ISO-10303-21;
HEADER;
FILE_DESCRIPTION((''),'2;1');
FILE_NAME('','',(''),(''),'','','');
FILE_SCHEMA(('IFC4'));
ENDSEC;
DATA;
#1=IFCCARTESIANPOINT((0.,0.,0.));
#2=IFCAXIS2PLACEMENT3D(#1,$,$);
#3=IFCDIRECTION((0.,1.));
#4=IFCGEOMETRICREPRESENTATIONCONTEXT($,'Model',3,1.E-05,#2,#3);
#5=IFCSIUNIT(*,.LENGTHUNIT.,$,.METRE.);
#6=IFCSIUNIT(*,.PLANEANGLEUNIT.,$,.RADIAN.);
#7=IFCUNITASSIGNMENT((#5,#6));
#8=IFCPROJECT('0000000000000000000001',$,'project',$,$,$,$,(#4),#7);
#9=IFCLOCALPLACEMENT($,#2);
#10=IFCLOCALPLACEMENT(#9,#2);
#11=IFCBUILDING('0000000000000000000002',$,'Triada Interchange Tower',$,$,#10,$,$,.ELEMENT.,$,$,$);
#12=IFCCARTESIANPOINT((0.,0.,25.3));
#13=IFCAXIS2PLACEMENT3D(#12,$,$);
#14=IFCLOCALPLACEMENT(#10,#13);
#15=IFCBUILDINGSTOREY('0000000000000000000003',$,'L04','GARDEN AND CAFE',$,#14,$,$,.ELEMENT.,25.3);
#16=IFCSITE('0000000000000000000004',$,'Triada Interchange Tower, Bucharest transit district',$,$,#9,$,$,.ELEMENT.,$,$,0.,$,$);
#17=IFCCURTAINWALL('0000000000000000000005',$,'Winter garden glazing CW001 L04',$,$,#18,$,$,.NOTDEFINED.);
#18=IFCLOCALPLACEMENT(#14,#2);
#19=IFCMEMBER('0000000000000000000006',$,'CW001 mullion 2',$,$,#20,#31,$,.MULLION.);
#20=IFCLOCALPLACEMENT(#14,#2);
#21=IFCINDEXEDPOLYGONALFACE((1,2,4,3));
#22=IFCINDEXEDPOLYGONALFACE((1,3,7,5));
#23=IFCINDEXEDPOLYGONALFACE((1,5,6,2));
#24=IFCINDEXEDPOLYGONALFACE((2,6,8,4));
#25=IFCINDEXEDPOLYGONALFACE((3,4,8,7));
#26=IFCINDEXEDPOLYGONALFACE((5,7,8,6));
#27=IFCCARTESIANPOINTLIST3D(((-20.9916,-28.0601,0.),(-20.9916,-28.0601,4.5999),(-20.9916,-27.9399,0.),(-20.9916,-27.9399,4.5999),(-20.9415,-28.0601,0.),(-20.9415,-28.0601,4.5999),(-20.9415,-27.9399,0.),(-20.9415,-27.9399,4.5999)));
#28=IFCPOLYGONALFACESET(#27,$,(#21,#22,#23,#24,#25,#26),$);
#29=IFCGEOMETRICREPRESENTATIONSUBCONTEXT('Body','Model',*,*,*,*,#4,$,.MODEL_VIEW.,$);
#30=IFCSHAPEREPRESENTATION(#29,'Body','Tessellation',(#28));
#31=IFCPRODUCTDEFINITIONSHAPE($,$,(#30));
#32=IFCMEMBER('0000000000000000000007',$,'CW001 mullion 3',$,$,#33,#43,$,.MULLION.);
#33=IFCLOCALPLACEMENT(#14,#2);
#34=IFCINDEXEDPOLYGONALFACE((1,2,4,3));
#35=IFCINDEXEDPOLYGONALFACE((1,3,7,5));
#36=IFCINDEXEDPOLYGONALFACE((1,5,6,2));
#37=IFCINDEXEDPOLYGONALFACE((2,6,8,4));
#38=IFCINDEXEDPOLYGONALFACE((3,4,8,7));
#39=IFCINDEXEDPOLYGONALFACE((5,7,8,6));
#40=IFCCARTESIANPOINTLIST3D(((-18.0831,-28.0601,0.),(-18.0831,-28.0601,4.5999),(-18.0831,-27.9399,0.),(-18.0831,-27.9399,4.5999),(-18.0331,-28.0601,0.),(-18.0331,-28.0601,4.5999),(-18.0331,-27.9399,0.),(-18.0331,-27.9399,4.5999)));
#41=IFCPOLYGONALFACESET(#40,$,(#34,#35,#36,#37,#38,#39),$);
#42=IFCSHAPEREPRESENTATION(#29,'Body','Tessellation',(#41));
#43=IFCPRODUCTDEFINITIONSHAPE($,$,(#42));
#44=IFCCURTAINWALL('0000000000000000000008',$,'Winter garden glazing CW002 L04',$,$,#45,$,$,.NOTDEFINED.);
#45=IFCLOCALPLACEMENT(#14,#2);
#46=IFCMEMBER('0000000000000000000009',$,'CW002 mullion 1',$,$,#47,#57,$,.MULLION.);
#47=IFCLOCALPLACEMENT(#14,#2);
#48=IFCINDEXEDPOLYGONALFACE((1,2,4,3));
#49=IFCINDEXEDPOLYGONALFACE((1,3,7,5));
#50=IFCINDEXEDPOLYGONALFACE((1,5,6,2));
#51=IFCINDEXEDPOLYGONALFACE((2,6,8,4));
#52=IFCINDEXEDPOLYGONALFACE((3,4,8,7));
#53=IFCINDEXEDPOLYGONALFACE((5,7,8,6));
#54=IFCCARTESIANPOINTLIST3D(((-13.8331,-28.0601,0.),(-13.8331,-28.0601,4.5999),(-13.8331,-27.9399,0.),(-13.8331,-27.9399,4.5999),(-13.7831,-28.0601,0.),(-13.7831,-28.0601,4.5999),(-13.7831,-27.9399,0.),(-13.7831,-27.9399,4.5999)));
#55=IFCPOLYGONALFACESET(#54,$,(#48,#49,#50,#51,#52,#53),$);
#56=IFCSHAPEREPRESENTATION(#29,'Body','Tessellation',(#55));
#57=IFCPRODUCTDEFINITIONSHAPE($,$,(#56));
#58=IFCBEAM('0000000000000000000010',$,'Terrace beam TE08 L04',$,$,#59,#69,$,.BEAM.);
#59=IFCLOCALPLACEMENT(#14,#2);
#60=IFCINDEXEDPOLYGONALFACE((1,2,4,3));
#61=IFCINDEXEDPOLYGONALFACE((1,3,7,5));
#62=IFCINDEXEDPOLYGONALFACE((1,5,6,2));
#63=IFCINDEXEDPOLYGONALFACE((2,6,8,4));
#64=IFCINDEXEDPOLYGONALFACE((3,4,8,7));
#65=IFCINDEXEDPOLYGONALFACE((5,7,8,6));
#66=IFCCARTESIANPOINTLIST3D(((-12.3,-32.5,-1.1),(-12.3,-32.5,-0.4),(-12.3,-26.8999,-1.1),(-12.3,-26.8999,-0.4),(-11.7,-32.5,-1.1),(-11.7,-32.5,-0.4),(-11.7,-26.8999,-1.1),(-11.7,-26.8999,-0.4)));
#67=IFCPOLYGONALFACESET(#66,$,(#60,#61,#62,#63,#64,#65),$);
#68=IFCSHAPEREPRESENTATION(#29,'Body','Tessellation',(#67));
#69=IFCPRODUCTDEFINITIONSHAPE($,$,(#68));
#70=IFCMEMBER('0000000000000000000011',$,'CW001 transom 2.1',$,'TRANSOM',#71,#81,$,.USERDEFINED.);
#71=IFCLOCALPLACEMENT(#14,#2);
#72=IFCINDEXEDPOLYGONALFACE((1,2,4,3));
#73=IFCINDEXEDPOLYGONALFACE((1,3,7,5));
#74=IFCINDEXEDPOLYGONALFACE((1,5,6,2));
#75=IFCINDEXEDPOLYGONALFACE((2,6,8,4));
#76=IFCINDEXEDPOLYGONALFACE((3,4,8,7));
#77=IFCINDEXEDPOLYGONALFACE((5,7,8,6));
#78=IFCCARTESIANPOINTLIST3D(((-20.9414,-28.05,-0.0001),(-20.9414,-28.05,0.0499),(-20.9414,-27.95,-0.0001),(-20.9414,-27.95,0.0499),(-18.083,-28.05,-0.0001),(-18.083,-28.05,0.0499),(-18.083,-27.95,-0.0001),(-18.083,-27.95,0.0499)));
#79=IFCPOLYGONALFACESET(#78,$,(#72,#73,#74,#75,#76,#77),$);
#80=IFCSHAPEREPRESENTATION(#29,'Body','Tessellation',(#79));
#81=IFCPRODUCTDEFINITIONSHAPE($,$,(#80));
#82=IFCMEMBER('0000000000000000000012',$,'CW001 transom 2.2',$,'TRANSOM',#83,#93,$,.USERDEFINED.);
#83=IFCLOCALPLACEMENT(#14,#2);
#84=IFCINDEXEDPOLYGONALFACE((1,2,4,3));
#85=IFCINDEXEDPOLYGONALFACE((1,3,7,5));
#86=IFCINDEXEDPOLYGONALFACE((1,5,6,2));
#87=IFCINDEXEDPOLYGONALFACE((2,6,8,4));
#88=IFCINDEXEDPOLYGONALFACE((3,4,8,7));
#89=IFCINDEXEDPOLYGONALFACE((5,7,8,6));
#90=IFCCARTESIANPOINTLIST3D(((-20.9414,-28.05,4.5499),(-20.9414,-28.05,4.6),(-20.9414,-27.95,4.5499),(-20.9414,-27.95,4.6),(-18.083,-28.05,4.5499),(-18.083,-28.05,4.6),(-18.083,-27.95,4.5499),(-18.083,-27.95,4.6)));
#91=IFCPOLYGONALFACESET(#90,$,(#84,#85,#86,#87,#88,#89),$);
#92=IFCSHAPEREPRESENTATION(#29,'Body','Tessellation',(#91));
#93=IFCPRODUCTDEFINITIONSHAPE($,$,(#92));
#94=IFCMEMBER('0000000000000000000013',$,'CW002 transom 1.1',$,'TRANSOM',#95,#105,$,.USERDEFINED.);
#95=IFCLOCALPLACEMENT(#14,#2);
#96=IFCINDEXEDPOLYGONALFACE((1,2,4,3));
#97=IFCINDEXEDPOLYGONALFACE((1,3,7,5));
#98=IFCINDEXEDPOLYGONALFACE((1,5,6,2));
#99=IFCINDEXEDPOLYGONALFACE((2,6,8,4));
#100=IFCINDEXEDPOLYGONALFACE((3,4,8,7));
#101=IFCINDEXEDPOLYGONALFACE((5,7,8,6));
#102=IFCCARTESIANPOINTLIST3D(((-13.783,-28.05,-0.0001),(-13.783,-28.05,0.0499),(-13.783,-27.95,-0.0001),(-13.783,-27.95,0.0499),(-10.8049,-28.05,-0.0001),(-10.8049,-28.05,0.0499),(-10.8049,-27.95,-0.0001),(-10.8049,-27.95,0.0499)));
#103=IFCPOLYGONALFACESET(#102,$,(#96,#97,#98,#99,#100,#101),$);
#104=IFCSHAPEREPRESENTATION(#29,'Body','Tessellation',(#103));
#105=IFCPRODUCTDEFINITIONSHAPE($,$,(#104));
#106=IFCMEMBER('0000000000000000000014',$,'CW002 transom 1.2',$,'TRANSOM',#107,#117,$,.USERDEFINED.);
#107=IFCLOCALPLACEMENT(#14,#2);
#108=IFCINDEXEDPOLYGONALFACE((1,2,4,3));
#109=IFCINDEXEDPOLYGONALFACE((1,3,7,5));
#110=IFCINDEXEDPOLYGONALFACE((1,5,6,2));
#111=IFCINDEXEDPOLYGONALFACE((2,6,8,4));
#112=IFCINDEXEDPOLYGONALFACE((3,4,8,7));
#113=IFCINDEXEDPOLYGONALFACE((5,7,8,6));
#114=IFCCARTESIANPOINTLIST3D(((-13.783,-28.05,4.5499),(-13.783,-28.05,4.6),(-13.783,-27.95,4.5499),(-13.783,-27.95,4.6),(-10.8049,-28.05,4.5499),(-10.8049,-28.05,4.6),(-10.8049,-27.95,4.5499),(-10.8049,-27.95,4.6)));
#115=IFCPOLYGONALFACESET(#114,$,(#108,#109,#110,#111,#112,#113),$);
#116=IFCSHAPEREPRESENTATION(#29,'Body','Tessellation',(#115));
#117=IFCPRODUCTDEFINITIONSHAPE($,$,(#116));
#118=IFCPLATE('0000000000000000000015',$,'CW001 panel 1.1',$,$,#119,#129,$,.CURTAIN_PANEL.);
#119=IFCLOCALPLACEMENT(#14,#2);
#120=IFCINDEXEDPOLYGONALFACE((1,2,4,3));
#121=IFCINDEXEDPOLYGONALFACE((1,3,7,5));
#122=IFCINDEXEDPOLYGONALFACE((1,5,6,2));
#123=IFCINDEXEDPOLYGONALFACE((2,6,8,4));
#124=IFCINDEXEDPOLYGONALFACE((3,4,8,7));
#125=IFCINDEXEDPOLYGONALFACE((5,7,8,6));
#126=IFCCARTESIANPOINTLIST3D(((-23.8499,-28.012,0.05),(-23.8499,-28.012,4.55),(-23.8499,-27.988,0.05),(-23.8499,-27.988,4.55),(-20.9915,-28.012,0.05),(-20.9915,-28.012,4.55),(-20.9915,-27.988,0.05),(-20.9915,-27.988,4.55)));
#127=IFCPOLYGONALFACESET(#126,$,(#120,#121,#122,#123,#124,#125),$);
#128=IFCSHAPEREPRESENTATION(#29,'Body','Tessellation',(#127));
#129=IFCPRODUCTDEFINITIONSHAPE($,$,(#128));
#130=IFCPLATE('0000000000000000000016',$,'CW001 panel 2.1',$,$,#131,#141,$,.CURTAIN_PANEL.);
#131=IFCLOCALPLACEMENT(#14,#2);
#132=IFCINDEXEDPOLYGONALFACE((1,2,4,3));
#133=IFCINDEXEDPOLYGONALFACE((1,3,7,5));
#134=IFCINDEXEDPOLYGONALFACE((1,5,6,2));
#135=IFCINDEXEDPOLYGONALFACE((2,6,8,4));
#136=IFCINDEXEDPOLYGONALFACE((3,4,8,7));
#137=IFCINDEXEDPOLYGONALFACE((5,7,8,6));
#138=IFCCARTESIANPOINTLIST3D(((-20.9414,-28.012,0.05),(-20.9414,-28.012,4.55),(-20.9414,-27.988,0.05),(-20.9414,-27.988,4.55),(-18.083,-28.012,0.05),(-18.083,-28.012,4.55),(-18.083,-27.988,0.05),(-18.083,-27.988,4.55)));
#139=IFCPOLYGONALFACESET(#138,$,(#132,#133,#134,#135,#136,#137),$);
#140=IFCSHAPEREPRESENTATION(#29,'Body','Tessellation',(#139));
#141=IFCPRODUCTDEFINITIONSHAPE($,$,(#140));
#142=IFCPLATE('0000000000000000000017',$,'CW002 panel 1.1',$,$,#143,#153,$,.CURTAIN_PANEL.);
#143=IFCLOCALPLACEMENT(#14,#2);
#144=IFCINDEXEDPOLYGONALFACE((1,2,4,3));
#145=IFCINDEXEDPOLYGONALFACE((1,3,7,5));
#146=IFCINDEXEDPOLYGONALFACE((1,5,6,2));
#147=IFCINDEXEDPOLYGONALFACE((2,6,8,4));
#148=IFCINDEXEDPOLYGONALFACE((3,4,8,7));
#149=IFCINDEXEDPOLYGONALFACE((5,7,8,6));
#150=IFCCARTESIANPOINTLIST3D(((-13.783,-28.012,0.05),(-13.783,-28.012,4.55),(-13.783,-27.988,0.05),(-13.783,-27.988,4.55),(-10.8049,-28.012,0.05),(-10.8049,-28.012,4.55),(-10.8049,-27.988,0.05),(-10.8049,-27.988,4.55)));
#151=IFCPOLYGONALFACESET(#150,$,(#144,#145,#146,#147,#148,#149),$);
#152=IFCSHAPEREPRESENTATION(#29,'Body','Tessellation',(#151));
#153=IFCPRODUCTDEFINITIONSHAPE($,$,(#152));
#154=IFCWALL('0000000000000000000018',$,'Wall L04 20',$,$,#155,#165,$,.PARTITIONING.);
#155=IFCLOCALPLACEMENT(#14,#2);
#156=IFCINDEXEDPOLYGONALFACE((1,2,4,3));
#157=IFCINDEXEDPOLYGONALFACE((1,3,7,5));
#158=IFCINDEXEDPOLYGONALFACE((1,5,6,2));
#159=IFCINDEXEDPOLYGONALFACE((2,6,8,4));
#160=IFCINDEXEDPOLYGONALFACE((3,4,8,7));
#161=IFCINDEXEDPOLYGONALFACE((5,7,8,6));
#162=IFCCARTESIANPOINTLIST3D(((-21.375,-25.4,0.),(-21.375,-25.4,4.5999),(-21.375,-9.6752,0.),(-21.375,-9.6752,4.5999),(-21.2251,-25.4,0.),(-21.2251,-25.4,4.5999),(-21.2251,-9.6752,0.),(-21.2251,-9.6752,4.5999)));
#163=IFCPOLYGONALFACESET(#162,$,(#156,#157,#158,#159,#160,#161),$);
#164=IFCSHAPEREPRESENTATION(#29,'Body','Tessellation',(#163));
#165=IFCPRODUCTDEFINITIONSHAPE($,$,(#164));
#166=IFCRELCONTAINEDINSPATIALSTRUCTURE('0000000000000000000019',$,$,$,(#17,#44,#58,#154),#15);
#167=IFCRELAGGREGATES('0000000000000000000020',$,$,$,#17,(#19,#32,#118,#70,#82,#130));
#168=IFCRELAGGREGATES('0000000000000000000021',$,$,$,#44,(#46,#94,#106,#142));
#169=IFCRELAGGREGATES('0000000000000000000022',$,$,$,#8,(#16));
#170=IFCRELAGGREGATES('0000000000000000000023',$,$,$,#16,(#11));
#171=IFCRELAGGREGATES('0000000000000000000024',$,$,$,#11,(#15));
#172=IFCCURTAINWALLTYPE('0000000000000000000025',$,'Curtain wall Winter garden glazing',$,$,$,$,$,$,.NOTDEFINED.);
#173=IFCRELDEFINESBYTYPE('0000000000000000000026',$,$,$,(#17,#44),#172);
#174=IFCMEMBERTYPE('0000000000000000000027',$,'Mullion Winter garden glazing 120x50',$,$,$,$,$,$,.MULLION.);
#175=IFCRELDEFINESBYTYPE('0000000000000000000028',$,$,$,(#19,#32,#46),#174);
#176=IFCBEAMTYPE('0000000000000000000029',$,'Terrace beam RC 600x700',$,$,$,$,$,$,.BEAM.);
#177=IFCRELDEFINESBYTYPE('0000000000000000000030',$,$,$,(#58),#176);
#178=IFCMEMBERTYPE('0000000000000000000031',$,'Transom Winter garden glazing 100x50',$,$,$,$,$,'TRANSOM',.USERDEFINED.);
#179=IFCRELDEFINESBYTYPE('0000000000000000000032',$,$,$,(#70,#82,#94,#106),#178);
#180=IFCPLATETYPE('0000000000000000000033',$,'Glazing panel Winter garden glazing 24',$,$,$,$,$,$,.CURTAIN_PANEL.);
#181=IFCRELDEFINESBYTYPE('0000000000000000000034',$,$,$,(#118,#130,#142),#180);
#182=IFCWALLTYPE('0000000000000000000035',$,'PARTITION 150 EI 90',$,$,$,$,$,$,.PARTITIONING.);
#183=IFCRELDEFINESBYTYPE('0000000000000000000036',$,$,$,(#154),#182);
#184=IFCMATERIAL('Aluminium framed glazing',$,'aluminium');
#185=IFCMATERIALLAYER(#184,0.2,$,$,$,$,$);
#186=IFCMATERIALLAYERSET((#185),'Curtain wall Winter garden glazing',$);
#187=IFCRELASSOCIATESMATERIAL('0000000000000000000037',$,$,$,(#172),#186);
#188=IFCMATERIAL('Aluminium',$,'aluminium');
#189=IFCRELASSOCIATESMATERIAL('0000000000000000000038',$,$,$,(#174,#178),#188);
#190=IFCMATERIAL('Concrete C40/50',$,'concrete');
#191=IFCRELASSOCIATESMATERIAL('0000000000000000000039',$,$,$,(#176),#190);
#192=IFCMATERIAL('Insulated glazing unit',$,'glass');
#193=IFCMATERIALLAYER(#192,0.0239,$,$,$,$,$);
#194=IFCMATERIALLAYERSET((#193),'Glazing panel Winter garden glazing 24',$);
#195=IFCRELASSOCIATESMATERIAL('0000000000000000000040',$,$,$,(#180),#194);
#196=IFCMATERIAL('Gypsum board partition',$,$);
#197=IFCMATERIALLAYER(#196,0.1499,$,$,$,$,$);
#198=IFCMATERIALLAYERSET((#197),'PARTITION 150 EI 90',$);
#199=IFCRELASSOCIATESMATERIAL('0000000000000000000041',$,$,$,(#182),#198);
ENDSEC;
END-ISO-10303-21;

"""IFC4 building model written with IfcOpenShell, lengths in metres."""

from ifc_helpers import new_model, si_unit, direction, frame, frame_2d, origin, origin_2d, place, context, subcontext, project, spatial, rectangle, extrude, material, layer, layer_set, material_profile, profile_set, type_object, element, aggregate, save


model = new_model("IFC4")

# Units and contexts
model_context = context("Model", 3, precision=1e-05, world=origin(), true_north=direction((0.0, 1.0)))
body_context = subcontext(model_context, "Body", "Model", "MODEL_VIEW")
ifc_project = project(units=[si_unit("LENGTHUNIT", "METRE"), si_unit("PLANEANGLEUNIT", "RADIAN")], contexts=[model_context])

# Site, building, storey
site_placement = place(None, origin())
site = spatial("IfcSite", under=ifc_project, at=site_placement, Name="Triada Interchange Tower, Bucharest transit district", CompositionType="ELEMENT", RefElevation=0.0)
building_placement = place(site_placement, origin())
building = spatial("IfcBuilding", under=site, at=building_placement, Name="Triada Interchange Tower", CompositionType="ELEMENT")
storey_placement = place(building_placement, frame((0.0, 0.0, 25.3)))
storey = spatial("IfcBuildingStorey", under=building, at=storey_placement, Name="L04", Description="GARDEN AND CAFE", CompositionType="ELEMENT", Elevation=25.3)

# Curtain wall, members
ifc_material_1 = material(Name="Aluminium framed glazing", Category="aluminium")
ifc_layer_1 = layer(ifc_material_1, 0.2)
ifc_layer_set_1 = layer_set([ifc_layer_1], Name="Curtain wall Winter garden glazing")
curtain_wall_type = type_object("IfcCurtainWallType", Name="Curtain wall Winter garden glazing", PredefinedType="NOTDEFINED", material=ifc_layer_set_1)
curtain_wall_1_placement = place(storey_placement, origin())
curtain_wall_1 = element("IfcCurtainWall", 1, at=curtain_wall_1_placement, inside=storey, type_object=curtain_wall_type, Name="Winter garden glazing CW001 L04", PredefinedType="NOTDEFINED")
ifc_material_2 = material(Name="Aluminium", Category="aluminium")
ifc_material_profile_1 = material_profile(ifc_material_2, rectangle(XDim=0.1201, YDim=0.05, at=origin_2d()), Name="Aluminium mullion")
ifc_profile_set_1 = profile_set([ifc_material_profile_1], Name="Aluminium")
member_type_1 = type_object("IfcMemberType", Name="Mullion Winter garden glazing 120x50", PredefinedType="MULLION", material=ifc_profile_set_1)
member_1_placement = place(storey_placement, frame((-20.9666, -28.0, 0.0), z_axis=(0.0, 0.0, 1.0), x_axis=(0.0, 1.0, 0.0)))
member_1 = element("IfcMember", 2, at=member_1_placement, type_object=member_type_1, Name="CW001 mullion 2", PredefinedType="MULLION", context=body_context, shape_type="SweptSolid", body=[
    extrude(rectangle(XDim=0.1201, YDim=0.05, at=origin_2d()), origin(), (0.0, 0.0, 1.0), 4.5999),
])
member_2_placement = place(storey_placement, frame((-18.0581, -28.0, 0.0), z_axis=(0.0, 0.0, 1.0), x_axis=(0.0, 1.0, 0.0)))
member_2 = element("IfcMember", 3, at=member_2_placement, type_object=member_type_1, Name="CW001 mullion 3", PredefinedType="MULLION", context=body_context, shape_type="SweptSolid", body=[
    extrude(rectangle(XDim=0.1201, YDim=0.05, at=origin_2d()), origin(), (0.0, 0.0, 1.0), 4.5999),
])

# Curtain wall, member
curtain_wall_2_placement = place(storey_placement, origin())
curtain_wall_2 = element("IfcCurtainWall", 4, at=curtain_wall_2_placement, inside=storey, type_object=curtain_wall_type, Name="Winter garden glazing CW002 L04", PredefinedType="NOTDEFINED")
member_3_placement = place(storey_placement, frame((-13.8081, -28.0, 0.0), z_axis=(0.0, 0.0, 1.0), x_axis=(0.0, 1.0, 0.0)))
member_3 = element("IfcMember", 5, at=member_3_placement, type_object=member_type_1, Name="CW002 mullion 1", PredefinedType="MULLION", context=body_context, shape_type="SweptSolid", body=[
    extrude(rectangle(XDim=0.1201, YDim=0.05, at=origin_2d()), origin(), (0.0, 0.0, 1.0), 4.5999),
])

# Beam
ifc_material_3 = material(Name="Concrete C40/50", Category="concrete")
ifc_material_profile_2 = material_profile(ifc_material_3, rectangle(XDim=0.6001, YDim=0.7, at=origin_2d()), Name="RC 600x700")
ifc_profile_set_2 = profile_set([ifc_material_profile_2], Name="Concrete C40/50")
beam_type = type_object("IfcBeamType", Name="Terrace beam RC 600x700", PredefinedType="BEAM", material=ifc_profile_set_2)
beam_placement = place(storey_placement, frame((-12.0, -32.5, -0.75), z_axis=(0.0, 1.0, 0.0), x_axis=(-1.0, 0.0, 0.0)))
element("IfcBeam", 6, at=beam_placement, inside=storey, type_object=beam_type, Name="Terrace beam TE08 L04", PredefinedType="BEAM", context=body_context, shape_type="SweptSolid", body=[
    extrude(rectangle(XDim=0.6001, YDim=0.7, at=origin_2d()), origin(), (0.0, 0.0, 1.0), 5.6001),
])

# Members
ifc_material_profile_3 = material_profile(ifc_material_2, rectangle(XDim=0.1001, YDim=0.05, at=origin_2d()), Name="Aluminium transom")
ifc_profile_set_3 = profile_set([ifc_material_profile_3], Name="Aluminium")
member_type_2 = type_object("IfcMemberType", Name="Transom Winter garden glazing 100x50", ElementType="TRANSOM", PredefinedType="USERDEFINED", material=ifc_profile_set_3)
member_4_placement = place(storey_placement, frame((-20.9414, -28.0, 0.0249), z_axis=(1.0, 0.0, 0.0), x_axis=(0.0, 1.0, 0.0)))
member_4 = element("IfcMember", 7, at=member_4_placement, type_object=member_type_2, Name="CW001 transom 2.1", ObjectType="TRANSOM", PredefinedType="USERDEFINED", context=body_context, shape_type="SweptSolid", body=[
    extrude(rectangle(XDim=0.1001, YDim=0.05, at=origin_2d()), origin(), (0.0, 0.0, 1.0), 2.8584),
])
member_5_placement = place(storey_placement, frame((-20.9414, -28.0, 4.575), z_axis=(1.0, 0.0, 0.0), x_axis=(0.0, 1.0, 0.0)))
member_5 = element("IfcMember", 8, at=member_5_placement, type_object=member_type_2, Name="CW001 transom 2.2", ObjectType="TRANSOM", PredefinedType="USERDEFINED", context=body_context, shape_type="SweptSolid", body=[
    extrude(rectangle(XDim=0.1001, YDim=0.05, at=origin_2d()), origin(), (0.0, 0.0, 1.0), 2.8584),
])
member_6_placement = place(storey_placement, frame((-13.783, -28.0, 0.0249), z_axis=(1.0, 0.0, 0.0), x_axis=(0.0, 1.0, 0.0)))
member_6 = element("IfcMember", 9, at=member_6_placement, type_object=member_type_2, Name="CW002 transom 1.1", ObjectType="TRANSOM", PredefinedType="USERDEFINED", context=body_context, shape_type="SweptSolid", body=[
    extrude(rectangle(XDim=0.1001, YDim=0.05, at=origin_2d()), origin(), (0.0, 0.0, 1.0), 2.978),
])
member_7_placement = place(storey_placement, frame((-13.783, -28.0, 4.575), z_axis=(1.0, 0.0, 0.0), x_axis=(0.0, 1.0, 0.0)))
member_7 = element("IfcMember", 10, at=member_7_placement, type_object=member_type_2, Name="CW002 transom 1.2", ObjectType="TRANSOM", PredefinedType="USERDEFINED", context=body_context, shape_type="SweptSolid", body=[
    extrude(rectangle(XDim=0.1001, YDim=0.05, at=origin_2d()), origin(), (0.0, 0.0, 1.0), 2.978),
])

# Plates
ifc_material_4 = material(Name="Insulated glazing unit", Category="glass")
ifc_layer_2 = layer(ifc_material_4, 0.0239)
ifc_layer_set_2 = layer_set([ifc_layer_2], Name="Glazing panel Winter garden glazing 24")
plate_type = type_object("IfcPlateType", Name="Glazing panel Winter garden glazing 24", PredefinedType="CURTAIN_PANEL", material=ifc_layer_set_2)
plate_1_placement = place(storey_placement, frame((-22.4207, -28.0, 0.05), z_axis=(0.0, 0.0, 1.0), x_axis=(1.0, 0.0, 0.0)))
plate_1 = element("IfcPlate", 11, at=plate_1_placement, type_object=plate_type, Name="CW001 panel 1.1", PredefinedType="CURTAIN_PANEL", context=body_context, shape_type="SweptSolid", body=[
    extrude(rectangle(XDim=2.8584, YDim=0.0239, at=origin_2d()), origin(), (0.0, 0.0, 1.0), 4.5),
])
plate_2_placement = place(storey_placement, frame((-19.5122, -28.0, 0.05), z_axis=(0.0, 0.0, 1.0), x_axis=(1.0, 0.0, 0.0)))
plate_2 = element("IfcPlate", 12, at=plate_2_placement, type_object=plate_type, Name="CW001 panel 2.1", PredefinedType="CURTAIN_PANEL", context=body_context, shape_type="SweptSolid", body=[
    extrude(rectangle(XDim=2.8584, YDim=0.0239, at=origin_2d()), origin(), (0.0, 0.0, 1.0), 4.5),
])
aggregate(curtain_wall_1, [member_1, member_2, plate_1, member_4, member_5, plate_2])
plate_3_placement = place(storey_placement, frame((-12.2939, -28.0, 0.05), z_axis=(0.0, 0.0, 1.0), x_axis=(1.0, 0.0, 0.0)))
plate_3 = element("IfcPlate", 13, at=plate_3_placement, type_object=plate_type, Name="CW002 panel 1.1", PredefinedType="CURTAIN_PANEL", context=body_context, shape_type="SweptSolid", body=[
    extrude(rectangle(XDim=2.978, YDim=0.0239, at=origin_2d()), origin(), (0.0, 0.0, 1.0), 4.5),
])
aggregate(curtain_wall_2, [member_3, member_6, member_7, plate_3])

# Wall
ifc_material_5 = material(Name="Gypsum board partition")
ifc_layer_3 = layer(ifc_material_5, 0.1499)
ifc_layer_set_3 = layer_set([ifc_layer_3], Name="PARTITION 150 EI 90")
wall_type_1 = type_object("IfcWallType", Name="PARTITION 150 EI 90", PredefinedType="PARTITIONING", material=ifc_layer_set_3)
wall_1_placement = place(storey_placement, frame((-21.3, -25.3999, 0.0), z_axis=(0.0, 0.0, 1.0), x_axis=(0.0, 1.0, 0.0)))
element("IfcWall", 14, at=wall_1_placement, inside=storey, type_object=wall_type_1, Name="Wall L04 20", PredefinedType="PARTITIONING", context=body_context, shape_type="SweptSolid", body=[
    extrude(rectangle(XDim=15.7249, YDim=0.1499, at=frame_2d((7.8623, 0.0))), origin(), (0.0, 0.0, 1.0), 4.5999),
])

save(model, "model.ifc")
